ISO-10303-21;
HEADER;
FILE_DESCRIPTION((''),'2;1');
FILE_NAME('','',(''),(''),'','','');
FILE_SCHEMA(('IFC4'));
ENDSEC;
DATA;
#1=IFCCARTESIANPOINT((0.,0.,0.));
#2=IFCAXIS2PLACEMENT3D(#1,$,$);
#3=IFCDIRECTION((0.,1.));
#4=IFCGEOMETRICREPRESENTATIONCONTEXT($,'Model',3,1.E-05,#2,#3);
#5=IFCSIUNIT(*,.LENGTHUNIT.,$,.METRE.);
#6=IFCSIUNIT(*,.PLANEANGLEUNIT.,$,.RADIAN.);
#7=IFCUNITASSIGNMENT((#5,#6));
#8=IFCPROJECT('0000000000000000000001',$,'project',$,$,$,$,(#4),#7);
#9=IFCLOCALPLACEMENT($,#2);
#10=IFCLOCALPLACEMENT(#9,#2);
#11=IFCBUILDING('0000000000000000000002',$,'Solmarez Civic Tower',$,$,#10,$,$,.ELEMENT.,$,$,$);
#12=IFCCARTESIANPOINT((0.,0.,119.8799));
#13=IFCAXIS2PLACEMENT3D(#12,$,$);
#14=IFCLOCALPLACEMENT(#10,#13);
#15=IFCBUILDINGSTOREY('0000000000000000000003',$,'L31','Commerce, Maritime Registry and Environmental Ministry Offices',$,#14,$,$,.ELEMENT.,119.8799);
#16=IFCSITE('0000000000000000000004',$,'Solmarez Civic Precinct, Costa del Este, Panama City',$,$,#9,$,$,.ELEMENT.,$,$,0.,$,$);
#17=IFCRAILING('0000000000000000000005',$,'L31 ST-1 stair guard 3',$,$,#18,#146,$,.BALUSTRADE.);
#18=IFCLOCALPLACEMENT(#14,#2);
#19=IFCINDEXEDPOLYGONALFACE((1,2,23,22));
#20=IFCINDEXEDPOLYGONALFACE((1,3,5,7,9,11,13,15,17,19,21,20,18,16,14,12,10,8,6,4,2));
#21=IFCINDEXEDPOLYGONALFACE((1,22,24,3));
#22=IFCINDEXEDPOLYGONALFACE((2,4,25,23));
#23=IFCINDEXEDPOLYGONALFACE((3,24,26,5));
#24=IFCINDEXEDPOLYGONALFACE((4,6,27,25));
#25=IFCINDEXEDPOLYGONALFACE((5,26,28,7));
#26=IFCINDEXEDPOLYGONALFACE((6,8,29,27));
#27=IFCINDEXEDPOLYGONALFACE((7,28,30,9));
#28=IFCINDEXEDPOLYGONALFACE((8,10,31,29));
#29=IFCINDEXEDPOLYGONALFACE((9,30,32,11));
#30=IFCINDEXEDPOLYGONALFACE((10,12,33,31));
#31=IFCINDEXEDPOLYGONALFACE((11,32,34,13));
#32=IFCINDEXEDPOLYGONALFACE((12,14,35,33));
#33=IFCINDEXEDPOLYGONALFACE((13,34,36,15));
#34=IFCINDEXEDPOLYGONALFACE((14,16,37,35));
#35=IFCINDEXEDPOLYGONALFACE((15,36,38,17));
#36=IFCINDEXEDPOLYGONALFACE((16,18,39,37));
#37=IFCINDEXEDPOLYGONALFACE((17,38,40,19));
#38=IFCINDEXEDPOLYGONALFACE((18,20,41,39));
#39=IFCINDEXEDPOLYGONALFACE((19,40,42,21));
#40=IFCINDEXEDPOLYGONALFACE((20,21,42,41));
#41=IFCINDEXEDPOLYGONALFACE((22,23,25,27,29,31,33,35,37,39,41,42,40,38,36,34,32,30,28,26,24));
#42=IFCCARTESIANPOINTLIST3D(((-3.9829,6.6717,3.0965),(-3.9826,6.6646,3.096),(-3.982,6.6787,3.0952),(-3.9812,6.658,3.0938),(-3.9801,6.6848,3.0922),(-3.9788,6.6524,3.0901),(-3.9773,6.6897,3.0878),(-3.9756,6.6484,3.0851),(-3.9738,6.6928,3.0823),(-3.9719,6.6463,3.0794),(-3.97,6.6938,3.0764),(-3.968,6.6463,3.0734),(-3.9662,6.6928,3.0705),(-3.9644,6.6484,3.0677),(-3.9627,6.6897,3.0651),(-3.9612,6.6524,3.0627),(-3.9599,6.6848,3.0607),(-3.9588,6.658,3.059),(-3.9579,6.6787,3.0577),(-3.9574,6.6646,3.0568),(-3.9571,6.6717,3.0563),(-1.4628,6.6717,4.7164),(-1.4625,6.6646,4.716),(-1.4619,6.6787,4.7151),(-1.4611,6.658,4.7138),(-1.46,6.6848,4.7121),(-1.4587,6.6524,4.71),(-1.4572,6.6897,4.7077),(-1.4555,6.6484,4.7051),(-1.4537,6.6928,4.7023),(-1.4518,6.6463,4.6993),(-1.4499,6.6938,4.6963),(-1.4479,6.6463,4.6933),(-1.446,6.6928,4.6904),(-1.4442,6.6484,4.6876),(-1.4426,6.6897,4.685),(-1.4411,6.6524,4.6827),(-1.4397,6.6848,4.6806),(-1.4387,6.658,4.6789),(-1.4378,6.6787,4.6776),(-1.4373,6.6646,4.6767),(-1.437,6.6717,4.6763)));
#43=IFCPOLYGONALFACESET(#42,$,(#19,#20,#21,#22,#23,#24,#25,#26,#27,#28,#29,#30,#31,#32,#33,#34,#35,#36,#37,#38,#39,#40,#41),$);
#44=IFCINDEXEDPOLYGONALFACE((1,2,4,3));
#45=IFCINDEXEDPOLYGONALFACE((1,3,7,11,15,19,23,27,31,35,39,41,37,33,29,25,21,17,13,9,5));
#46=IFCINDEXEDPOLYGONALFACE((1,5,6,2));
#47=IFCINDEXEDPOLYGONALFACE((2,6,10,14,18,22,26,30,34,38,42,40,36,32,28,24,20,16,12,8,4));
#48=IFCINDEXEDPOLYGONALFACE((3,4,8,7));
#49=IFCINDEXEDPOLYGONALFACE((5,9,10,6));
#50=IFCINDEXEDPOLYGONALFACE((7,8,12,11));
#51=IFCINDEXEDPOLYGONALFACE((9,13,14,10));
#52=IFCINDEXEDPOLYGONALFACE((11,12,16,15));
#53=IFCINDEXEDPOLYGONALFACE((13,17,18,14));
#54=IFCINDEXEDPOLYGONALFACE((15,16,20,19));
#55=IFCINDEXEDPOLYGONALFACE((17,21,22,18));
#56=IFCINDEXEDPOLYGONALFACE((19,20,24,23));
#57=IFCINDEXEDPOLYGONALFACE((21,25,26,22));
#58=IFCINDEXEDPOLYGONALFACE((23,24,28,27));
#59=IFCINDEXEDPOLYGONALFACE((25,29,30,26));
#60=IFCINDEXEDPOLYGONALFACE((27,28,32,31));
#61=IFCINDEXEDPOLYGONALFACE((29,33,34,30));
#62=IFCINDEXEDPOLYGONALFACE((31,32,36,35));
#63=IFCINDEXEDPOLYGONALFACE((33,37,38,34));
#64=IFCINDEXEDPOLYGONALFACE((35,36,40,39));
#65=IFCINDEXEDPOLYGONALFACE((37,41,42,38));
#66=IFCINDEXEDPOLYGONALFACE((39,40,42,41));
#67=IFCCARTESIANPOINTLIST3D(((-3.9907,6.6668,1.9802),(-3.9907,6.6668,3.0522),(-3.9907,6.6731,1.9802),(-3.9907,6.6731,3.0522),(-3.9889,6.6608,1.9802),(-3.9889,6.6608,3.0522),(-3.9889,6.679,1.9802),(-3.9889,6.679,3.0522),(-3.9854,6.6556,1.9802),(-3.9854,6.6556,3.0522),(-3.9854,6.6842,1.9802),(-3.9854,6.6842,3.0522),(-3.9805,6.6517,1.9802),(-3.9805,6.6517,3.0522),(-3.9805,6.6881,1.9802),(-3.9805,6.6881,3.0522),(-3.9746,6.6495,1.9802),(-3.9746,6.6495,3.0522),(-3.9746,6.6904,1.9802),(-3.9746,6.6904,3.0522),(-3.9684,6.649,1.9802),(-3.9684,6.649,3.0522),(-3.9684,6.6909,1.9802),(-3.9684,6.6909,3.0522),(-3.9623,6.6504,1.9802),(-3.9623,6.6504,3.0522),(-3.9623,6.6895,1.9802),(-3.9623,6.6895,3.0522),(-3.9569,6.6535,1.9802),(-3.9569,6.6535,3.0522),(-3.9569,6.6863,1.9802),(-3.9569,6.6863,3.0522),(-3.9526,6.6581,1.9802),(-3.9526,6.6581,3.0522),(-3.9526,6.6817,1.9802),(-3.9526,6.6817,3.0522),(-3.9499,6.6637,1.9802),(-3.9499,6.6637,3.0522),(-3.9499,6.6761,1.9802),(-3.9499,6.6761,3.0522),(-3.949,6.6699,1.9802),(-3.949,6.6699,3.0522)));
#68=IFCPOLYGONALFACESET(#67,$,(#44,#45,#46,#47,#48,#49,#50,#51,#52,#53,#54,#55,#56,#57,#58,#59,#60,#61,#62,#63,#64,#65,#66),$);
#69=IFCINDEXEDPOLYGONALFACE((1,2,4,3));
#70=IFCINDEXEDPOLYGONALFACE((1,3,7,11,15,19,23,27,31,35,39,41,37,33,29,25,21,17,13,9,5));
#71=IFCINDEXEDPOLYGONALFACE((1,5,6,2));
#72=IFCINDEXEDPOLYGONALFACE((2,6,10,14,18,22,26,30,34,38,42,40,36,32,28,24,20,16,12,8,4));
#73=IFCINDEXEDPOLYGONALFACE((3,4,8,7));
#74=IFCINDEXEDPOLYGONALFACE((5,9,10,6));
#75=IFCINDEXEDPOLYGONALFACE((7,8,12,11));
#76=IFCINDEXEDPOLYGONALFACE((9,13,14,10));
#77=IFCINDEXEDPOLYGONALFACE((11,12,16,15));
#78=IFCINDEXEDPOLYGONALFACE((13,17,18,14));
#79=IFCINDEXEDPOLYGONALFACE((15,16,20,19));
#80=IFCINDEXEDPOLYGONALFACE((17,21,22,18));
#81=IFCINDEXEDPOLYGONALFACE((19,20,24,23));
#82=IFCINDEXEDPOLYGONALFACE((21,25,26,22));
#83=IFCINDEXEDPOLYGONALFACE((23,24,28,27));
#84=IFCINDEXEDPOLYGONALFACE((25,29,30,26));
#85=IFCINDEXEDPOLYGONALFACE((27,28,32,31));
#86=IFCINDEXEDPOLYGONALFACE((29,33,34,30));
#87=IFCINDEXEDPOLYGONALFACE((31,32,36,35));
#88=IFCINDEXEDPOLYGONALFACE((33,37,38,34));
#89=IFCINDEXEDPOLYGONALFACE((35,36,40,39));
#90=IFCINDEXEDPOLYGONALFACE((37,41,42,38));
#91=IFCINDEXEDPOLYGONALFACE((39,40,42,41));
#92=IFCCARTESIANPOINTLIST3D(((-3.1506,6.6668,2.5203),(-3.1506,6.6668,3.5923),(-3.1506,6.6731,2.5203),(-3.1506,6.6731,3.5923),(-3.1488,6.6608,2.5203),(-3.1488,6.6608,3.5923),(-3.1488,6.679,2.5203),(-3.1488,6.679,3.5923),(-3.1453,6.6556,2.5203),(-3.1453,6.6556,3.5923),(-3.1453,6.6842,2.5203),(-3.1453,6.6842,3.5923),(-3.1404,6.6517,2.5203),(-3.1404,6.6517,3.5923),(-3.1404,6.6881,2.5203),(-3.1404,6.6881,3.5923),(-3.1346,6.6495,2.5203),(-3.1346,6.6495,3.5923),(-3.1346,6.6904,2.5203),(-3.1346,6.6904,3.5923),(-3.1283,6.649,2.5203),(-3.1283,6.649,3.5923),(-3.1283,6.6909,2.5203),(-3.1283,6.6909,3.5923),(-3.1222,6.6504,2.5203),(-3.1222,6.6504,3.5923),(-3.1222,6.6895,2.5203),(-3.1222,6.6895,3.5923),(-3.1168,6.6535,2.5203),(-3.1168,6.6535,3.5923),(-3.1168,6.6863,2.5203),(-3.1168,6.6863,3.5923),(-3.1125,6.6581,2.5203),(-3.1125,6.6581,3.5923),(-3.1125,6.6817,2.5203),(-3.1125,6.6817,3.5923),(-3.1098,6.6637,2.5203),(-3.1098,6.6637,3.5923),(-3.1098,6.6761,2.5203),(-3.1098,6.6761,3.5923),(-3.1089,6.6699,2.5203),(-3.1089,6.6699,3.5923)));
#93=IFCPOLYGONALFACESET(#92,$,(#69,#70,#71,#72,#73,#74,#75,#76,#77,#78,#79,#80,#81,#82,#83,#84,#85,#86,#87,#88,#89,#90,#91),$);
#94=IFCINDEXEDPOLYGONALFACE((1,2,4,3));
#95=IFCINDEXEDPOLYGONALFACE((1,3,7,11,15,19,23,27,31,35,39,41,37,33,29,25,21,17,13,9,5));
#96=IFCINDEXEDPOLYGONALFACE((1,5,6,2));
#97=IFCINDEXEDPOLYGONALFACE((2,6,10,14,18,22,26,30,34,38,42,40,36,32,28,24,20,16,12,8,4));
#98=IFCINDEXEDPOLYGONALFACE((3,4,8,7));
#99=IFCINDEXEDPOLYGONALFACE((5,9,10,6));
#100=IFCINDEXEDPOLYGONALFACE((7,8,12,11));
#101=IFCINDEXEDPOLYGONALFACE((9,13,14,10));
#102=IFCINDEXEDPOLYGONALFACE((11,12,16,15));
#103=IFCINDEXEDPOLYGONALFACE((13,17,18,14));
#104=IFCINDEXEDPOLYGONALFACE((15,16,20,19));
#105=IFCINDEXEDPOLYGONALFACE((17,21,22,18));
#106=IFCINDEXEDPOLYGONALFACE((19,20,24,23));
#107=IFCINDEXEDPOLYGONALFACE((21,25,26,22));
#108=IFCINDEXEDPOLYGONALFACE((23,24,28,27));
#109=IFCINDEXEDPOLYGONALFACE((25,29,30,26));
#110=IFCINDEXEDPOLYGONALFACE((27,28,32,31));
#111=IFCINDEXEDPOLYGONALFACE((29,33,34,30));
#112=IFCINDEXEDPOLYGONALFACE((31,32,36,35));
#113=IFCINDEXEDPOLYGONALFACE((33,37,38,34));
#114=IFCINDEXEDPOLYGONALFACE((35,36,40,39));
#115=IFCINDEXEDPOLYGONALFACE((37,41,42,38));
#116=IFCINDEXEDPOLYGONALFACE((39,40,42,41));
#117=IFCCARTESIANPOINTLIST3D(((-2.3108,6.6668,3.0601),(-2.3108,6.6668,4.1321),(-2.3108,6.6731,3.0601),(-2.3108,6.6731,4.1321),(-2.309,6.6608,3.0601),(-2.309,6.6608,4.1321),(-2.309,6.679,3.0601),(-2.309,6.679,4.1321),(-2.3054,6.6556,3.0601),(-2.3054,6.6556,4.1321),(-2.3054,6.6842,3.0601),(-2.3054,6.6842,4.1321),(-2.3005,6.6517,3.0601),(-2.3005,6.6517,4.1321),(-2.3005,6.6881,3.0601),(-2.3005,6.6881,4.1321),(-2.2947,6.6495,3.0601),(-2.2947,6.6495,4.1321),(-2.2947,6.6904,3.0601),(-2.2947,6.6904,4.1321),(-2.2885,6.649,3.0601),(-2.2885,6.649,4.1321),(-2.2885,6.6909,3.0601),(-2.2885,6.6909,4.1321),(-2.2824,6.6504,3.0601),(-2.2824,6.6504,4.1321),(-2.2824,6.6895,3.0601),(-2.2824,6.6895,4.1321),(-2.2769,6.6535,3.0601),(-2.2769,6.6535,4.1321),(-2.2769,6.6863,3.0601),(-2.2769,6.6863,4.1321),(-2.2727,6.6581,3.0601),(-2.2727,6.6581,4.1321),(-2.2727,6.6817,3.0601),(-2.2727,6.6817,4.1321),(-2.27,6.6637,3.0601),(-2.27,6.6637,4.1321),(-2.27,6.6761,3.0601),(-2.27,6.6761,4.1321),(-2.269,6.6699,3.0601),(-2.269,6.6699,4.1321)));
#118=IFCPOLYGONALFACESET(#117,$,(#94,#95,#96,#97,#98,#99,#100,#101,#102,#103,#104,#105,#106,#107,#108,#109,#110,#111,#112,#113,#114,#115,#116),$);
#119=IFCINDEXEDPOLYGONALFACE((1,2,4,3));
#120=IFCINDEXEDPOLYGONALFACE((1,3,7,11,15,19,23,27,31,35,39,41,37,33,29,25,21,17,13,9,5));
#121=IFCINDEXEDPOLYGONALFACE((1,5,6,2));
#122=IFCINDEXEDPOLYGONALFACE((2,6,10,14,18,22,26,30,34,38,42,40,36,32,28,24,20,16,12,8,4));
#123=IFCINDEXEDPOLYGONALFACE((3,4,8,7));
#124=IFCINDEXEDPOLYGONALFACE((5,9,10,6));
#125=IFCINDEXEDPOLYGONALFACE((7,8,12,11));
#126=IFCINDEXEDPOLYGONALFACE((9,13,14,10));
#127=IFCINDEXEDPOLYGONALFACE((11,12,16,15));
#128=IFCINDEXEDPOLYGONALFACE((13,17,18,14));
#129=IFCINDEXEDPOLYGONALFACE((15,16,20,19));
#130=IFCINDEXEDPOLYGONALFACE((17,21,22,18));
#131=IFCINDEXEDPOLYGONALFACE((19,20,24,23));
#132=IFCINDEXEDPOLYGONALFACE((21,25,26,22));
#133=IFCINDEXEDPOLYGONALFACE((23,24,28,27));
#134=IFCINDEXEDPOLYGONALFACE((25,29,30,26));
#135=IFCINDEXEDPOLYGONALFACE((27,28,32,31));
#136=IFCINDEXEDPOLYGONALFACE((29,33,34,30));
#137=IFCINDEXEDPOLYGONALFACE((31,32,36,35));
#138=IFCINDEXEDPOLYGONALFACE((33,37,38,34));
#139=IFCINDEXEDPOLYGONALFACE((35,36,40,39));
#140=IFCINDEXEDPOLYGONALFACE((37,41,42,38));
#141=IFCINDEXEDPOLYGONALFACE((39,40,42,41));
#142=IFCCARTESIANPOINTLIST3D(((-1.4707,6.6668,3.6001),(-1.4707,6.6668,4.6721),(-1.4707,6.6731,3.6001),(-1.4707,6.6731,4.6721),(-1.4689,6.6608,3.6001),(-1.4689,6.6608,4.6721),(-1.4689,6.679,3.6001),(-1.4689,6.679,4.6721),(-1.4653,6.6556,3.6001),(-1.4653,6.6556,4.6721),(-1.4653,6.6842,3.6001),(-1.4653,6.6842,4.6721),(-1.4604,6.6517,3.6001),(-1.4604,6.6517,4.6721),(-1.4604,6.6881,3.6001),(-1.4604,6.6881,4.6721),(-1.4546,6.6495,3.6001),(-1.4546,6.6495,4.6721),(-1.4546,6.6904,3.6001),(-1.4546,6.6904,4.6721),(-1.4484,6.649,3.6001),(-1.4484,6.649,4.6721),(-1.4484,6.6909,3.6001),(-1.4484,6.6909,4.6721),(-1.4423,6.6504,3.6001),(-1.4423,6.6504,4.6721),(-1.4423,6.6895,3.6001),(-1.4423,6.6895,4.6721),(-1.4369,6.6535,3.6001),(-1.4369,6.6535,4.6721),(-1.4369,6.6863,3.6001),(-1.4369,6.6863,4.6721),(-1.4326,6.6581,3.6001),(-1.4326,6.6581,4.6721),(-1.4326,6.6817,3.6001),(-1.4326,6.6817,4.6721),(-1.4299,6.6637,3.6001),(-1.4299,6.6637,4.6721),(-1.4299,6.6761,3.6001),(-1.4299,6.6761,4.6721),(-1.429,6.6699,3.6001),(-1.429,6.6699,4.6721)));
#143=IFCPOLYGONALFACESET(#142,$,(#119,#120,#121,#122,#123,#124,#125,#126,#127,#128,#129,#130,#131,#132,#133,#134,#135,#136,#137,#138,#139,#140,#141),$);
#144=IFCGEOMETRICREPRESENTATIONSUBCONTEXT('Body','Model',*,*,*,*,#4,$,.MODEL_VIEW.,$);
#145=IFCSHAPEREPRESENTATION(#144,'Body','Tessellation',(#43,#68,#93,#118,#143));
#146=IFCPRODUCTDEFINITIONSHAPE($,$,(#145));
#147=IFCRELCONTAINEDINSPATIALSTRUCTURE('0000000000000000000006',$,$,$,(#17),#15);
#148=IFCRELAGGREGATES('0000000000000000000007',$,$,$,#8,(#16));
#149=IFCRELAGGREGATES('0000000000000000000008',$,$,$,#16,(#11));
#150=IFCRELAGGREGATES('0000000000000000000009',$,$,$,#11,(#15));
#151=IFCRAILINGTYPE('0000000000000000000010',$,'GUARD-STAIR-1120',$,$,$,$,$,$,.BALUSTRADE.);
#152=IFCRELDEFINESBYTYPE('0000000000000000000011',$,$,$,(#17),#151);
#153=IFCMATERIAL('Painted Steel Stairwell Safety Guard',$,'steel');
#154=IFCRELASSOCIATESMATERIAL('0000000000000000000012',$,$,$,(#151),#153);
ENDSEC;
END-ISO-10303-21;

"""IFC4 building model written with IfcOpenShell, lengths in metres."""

from ifc_helpers import new_model, si_unit, direction, frame, origin, origin_2d, place, context, subcontext, project, spatial, circle, extrude, material, type_object, element, save


model = new_model("IFC4")

# Units and contexts
model_context = context("Model", 3, precision=1e-05, world=origin(), true_north=direction((0.0, 1.0)))
body_context = subcontext(model_context, "Body", "Model", "MODEL_VIEW")
ifc_project = project(units=[si_unit("LENGTHUNIT", "METRE"), si_unit("PLANEANGLEUNIT", "RADIAN")], contexts=[model_context])

# Site, building, storey
site_placement = place(None, origin())
site = spatial("IfcSite", under=ifc_project, at=site_placement, Name="Solmarez Civic Precinct, Costa del Este, Panama City", CompositionType="ELEMENT", RefElevation=0.0)
building_placement = place(site_placement, origin())
building = spatial("IfcBuilding", under=site, at=building_placement, Name="Solmarez Civic Tower", CompositionType="ELEMENT")
storey_placement = place(building_placement, frame((0.0, 0.0, 119.8799)))
storey = spatial("IfcBuildingStorey", under=building, at=storey_placement, Name="L31", Description="Commerce, Maritime Registry and Environmental Ministry Offices", CompositionType="ELEMENT", Elevation=119.8799)

# Railing
ifc_material_1 = material(Name="Painted Steel Stairwell Safety Guard", Category="steel")
railing_type_1 = type_object("IfcRailingType", Name="GUARD-STAIR-1120", PredefinedType="BALUSTRADE", material=ifc_material_1)
railing_1_placement = place(storey_placement, frame((-3.97, 6.6699, 1.9802)))
element("IfcRailing", 1, at=railing_1_placement, inside=storey, type_object=railing_type_1, Name="L31 ST-1 stair guard 3", PredefinedType="BALUSTRADE", context=body_context, shape_type="SweptSolid", body=[
    extrude(circle(Radius=0.0239, at=origin_2d()), frame((0.0, 0.0, 1.0962), z_axis=(0.8412, 0.0, 0.540725), x_axis=(0.0, 1.0, 0.0)), (0.0, 0.0, 1.0), 2.9958),
    extrude(circle(Radius=0.021, at=origin_2d()), origin(), (0.0, 0.0, 1.0), 1.072),
    extrude(circle(Radius=0.021, at=origin_2d()), frame((0.8401, 0.0, 0.54)), (0.0, 0.0, 1.0), 1.072),
    extrude(circle(Radius=0.021, at=origin_2d()), frame((1.6799, 0.0, 1.0798)), (0.0, 0.0, 1.0), 1.072),
    extrude(circle(Radius=0.021, at=origin_2d()), frame((2.52, 0.0, 1.6199)), (0.0, 0.0, 1.0), 1.072),
])

save(model, "model.ifc")
